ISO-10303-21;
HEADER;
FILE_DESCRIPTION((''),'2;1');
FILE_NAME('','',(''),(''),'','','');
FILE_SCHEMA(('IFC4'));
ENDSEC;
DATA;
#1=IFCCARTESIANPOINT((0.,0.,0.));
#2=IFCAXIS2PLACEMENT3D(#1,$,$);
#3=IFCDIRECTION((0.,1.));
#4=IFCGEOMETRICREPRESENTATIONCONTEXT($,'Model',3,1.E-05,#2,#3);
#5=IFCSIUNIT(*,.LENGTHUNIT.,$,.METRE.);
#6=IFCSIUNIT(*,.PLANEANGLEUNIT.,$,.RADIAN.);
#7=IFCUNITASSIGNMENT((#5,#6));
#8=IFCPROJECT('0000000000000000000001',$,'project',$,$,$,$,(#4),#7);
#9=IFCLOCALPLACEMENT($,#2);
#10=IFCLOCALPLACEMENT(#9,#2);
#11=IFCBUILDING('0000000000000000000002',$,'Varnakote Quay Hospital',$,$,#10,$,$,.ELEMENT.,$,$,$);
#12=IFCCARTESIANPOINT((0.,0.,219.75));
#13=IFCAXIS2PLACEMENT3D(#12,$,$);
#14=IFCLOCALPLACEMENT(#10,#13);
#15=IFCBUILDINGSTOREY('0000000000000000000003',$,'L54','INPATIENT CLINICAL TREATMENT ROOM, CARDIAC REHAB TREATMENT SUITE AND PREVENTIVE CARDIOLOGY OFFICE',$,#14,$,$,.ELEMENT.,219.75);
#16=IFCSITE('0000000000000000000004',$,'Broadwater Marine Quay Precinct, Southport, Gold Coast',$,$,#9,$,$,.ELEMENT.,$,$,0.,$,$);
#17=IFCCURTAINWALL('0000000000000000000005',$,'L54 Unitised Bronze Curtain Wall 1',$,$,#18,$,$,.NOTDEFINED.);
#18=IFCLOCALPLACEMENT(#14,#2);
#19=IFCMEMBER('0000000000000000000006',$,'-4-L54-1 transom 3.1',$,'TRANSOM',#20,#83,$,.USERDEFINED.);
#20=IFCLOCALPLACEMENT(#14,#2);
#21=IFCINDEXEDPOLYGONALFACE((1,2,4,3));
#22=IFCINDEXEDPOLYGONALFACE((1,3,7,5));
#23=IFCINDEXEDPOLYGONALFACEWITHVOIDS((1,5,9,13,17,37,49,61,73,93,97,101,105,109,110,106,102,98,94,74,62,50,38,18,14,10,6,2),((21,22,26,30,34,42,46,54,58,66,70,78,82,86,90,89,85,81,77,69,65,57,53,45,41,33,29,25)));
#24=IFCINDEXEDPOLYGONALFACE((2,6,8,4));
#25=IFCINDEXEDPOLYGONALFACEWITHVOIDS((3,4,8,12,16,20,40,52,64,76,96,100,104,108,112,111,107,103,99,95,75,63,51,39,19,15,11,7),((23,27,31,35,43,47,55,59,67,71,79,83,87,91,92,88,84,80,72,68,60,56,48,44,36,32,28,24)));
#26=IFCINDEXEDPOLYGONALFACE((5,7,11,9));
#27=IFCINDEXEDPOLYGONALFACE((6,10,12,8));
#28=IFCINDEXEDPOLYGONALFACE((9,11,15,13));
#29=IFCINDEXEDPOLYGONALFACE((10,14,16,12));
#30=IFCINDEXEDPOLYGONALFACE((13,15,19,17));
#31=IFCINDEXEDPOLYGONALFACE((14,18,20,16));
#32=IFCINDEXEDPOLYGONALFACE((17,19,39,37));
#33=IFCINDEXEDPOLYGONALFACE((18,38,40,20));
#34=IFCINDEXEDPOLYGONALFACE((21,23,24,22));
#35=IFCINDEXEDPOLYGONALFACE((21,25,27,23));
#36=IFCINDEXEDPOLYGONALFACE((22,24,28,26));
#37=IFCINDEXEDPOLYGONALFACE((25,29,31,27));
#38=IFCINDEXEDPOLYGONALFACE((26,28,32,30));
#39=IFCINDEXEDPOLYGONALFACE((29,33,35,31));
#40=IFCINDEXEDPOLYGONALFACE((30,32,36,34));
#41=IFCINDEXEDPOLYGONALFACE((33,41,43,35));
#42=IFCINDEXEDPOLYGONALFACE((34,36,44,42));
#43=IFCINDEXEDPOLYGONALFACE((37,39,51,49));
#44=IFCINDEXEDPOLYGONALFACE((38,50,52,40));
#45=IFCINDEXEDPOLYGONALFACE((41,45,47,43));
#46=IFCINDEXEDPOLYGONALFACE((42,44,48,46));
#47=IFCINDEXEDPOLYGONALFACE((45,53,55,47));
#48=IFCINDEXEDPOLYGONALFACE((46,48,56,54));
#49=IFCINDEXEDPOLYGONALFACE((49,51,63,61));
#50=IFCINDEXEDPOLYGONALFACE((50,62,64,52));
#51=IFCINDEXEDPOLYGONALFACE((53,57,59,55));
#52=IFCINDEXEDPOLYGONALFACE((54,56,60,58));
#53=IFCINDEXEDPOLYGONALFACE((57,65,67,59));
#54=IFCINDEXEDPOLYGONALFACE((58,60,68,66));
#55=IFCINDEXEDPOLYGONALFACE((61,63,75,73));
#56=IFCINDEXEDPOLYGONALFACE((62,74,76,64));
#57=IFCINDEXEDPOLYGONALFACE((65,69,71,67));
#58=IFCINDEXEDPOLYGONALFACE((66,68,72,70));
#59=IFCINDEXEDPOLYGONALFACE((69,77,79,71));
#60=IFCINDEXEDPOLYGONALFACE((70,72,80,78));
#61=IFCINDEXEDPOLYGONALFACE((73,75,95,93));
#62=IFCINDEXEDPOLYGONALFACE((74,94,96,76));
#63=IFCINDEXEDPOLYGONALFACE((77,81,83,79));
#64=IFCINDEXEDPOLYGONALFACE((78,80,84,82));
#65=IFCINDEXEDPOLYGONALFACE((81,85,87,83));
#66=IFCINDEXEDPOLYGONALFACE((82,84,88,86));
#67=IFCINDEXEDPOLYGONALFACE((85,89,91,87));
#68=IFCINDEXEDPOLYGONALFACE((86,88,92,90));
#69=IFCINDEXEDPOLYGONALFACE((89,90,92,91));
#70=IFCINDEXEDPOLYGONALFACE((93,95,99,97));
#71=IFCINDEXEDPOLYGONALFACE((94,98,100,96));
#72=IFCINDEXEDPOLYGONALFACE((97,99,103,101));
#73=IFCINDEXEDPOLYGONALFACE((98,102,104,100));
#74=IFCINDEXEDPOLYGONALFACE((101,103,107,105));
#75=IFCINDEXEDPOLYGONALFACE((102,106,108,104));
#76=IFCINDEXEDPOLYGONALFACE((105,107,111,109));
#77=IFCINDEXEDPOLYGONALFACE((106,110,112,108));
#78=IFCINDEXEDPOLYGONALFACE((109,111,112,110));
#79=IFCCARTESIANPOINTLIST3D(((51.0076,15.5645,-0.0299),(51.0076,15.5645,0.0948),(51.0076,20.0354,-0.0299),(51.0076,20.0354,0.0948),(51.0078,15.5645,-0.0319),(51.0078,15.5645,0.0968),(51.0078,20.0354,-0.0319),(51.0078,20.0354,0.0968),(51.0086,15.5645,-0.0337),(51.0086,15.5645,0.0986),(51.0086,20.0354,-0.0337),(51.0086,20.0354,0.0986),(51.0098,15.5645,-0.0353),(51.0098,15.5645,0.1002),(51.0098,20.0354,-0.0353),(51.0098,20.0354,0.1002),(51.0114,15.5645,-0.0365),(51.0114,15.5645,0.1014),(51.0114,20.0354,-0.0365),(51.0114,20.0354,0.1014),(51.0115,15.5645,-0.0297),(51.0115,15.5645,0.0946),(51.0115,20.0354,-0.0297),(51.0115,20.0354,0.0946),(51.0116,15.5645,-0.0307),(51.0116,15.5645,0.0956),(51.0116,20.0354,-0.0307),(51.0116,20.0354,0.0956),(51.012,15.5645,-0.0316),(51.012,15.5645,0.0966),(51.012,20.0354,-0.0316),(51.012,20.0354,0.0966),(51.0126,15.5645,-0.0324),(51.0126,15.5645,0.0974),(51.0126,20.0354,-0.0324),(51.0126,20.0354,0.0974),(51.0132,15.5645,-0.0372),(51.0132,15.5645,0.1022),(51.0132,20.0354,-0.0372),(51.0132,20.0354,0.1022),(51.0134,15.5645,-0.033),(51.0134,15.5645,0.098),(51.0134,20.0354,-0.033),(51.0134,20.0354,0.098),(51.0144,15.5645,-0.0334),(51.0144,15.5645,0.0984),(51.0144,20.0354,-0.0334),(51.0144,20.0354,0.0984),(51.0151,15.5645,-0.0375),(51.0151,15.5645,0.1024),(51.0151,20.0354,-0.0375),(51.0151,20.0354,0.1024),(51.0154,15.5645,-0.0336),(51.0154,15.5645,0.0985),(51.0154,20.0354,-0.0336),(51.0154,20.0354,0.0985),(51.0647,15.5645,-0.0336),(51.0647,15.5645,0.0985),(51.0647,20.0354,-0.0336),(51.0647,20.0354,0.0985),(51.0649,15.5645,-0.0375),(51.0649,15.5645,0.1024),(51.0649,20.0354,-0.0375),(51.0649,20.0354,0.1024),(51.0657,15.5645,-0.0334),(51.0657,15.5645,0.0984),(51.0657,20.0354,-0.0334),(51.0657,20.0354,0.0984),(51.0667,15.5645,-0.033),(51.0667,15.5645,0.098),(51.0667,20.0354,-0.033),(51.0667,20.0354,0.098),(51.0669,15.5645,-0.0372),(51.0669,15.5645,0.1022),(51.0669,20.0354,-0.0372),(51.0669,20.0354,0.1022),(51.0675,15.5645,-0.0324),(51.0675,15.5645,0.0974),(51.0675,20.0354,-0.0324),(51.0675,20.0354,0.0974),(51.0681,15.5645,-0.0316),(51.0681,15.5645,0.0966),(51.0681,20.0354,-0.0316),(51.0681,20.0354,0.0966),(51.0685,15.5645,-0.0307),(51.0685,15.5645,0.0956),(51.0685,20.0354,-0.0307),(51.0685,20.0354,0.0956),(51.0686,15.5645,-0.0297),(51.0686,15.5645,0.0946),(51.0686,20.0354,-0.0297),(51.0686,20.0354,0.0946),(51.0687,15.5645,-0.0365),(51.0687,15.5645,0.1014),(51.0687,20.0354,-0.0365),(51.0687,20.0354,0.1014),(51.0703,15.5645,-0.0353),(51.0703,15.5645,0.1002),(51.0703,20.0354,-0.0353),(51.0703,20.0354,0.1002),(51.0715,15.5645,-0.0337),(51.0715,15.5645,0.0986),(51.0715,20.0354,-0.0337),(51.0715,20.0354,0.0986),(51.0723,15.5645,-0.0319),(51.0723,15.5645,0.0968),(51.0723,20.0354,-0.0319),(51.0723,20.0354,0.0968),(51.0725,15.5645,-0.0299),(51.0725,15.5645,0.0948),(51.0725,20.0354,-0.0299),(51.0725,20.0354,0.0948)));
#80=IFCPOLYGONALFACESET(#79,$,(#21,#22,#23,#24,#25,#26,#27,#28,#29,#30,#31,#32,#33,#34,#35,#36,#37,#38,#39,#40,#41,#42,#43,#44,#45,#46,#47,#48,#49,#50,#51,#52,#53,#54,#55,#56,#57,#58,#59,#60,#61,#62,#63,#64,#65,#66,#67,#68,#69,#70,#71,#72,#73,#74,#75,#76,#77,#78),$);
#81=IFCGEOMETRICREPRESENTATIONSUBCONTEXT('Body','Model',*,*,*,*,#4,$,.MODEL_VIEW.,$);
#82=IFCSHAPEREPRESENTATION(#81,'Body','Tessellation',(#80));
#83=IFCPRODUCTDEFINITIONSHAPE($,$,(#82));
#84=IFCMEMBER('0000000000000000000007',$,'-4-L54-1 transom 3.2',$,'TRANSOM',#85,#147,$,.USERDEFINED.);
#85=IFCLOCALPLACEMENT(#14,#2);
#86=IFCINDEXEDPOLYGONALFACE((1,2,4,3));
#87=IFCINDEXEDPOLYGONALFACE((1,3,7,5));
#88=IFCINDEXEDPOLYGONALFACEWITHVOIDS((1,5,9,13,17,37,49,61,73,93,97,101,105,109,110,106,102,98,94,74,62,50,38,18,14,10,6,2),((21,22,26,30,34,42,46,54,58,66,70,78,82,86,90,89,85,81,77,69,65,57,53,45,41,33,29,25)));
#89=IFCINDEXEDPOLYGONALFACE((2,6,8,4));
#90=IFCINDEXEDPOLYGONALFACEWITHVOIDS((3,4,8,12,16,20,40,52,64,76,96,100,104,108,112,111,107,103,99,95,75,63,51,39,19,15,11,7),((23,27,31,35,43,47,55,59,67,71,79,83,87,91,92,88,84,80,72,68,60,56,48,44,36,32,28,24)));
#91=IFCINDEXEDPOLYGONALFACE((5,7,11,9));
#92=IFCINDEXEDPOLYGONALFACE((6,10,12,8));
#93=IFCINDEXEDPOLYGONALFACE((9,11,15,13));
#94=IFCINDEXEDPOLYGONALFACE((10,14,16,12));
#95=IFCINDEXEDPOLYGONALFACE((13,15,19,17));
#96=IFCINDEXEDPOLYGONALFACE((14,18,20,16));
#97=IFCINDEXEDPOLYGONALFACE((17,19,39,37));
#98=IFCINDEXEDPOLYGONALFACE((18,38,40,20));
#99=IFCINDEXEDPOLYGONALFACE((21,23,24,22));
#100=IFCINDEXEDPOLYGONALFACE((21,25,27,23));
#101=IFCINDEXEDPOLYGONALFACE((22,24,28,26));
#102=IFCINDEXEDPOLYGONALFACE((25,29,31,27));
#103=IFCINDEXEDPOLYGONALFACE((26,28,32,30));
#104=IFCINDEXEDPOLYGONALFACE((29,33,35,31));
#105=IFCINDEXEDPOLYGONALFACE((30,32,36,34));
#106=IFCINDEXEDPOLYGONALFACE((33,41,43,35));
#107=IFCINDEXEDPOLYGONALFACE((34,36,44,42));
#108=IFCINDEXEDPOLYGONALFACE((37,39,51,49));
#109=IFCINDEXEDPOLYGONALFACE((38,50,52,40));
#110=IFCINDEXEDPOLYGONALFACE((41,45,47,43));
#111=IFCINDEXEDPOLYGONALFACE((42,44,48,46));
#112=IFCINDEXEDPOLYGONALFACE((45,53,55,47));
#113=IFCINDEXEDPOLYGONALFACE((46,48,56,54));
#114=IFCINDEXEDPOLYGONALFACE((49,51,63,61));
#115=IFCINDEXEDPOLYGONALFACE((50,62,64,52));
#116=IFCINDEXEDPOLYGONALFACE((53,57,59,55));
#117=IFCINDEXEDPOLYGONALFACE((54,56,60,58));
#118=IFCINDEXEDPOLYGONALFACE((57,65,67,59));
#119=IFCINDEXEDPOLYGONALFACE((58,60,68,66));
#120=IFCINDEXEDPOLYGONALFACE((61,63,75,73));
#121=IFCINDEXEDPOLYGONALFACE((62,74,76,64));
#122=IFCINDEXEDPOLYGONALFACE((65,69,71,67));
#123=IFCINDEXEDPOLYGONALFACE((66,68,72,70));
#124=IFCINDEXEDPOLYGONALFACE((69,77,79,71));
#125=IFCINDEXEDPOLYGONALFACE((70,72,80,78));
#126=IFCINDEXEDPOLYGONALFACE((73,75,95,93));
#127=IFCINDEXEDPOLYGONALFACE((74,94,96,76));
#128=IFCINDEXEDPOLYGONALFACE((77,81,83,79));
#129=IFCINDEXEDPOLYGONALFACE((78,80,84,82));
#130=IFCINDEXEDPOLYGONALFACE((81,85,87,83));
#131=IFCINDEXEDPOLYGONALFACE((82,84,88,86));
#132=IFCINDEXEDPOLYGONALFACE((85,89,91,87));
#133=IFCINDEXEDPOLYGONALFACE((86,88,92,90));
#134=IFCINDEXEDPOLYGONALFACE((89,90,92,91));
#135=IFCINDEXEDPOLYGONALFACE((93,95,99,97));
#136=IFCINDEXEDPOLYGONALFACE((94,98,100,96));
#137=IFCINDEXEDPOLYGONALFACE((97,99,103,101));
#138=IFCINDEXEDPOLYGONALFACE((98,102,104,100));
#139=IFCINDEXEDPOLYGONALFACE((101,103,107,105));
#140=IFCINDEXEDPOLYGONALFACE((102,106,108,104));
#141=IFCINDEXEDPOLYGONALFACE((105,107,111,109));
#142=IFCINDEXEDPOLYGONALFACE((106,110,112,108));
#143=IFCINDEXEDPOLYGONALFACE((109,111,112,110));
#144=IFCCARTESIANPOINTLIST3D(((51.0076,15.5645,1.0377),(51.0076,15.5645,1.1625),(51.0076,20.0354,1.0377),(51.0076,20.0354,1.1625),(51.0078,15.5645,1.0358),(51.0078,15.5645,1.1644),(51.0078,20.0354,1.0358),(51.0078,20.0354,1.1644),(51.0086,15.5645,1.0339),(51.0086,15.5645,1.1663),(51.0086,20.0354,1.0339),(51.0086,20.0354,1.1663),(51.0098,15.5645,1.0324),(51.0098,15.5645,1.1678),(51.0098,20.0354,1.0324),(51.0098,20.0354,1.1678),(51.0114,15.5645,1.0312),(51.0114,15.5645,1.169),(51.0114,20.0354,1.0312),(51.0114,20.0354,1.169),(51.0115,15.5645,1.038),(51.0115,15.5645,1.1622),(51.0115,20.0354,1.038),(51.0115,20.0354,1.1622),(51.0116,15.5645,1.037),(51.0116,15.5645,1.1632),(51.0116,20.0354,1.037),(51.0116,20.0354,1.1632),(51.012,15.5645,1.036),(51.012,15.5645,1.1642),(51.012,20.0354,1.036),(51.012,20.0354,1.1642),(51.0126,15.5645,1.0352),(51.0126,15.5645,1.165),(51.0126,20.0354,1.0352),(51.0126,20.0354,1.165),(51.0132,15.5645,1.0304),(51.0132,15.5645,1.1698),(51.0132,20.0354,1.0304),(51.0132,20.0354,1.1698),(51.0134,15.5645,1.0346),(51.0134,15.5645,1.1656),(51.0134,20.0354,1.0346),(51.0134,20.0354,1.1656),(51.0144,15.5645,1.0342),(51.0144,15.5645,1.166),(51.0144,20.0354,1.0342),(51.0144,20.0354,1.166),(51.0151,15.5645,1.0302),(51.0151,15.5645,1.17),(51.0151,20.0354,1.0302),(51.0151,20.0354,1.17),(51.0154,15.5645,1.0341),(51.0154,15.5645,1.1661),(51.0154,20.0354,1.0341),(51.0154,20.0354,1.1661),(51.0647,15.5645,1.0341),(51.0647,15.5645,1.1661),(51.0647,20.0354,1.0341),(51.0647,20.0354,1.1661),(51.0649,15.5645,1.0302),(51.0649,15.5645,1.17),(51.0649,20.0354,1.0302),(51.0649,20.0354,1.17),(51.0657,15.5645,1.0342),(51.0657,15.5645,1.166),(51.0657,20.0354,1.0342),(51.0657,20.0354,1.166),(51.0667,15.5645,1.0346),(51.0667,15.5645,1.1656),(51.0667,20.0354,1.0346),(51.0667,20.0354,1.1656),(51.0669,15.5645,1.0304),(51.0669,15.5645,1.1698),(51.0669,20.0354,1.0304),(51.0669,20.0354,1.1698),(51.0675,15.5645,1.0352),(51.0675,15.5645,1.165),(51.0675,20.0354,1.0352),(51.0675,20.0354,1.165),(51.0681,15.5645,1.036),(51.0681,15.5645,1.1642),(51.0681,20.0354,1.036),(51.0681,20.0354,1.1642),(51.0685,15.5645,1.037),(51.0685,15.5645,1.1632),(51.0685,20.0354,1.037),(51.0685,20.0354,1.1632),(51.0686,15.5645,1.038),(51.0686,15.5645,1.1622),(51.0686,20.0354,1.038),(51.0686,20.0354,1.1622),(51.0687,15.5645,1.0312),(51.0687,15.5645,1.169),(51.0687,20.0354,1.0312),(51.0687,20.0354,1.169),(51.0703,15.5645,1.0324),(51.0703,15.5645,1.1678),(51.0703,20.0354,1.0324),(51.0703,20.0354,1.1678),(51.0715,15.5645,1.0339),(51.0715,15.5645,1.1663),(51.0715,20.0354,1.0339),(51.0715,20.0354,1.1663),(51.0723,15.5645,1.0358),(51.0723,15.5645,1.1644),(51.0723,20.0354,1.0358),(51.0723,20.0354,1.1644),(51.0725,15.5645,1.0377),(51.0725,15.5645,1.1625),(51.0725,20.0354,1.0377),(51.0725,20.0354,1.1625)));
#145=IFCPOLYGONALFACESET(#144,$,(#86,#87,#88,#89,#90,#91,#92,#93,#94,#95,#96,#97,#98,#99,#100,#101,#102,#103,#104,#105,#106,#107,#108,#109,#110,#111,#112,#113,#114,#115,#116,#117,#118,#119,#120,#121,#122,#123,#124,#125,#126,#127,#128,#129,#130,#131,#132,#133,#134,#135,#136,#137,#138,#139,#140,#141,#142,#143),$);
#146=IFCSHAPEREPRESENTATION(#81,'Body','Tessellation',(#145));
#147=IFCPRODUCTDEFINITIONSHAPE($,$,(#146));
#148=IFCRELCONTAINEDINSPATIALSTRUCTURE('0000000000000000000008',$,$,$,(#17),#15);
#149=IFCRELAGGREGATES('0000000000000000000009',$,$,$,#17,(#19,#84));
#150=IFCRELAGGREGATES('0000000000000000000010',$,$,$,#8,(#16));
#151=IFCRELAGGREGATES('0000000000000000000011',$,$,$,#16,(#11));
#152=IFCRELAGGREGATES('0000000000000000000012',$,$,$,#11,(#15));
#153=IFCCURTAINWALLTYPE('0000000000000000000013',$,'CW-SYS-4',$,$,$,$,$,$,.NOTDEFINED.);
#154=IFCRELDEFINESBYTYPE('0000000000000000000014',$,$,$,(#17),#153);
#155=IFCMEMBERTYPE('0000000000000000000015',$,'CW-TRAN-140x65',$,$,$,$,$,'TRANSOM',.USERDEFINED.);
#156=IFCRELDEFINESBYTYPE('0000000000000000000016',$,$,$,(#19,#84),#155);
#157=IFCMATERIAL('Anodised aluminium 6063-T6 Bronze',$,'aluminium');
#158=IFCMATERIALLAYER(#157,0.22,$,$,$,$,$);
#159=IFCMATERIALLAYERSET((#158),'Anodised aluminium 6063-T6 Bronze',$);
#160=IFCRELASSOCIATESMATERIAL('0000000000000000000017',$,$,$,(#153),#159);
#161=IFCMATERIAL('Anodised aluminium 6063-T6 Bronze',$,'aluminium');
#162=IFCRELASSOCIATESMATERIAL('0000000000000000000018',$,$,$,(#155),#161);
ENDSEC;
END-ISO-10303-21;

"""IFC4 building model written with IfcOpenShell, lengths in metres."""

from ifc_helpers import new_model, si_unit, direction, frame, origin, origin_2d, place, context, subcontext, project, spatial, hollow_rectangle, extrude, material, layer, layer_set, material_profile, profile_set, type_object, element, aggregate, save


model = new_model("IFC4")

# Units and contexts
model_context = context("Model", 3, precision=1e-05, world=origin(), true_north=direction((0.0, 1.0)))
body_context = subcontext(model_context, "Body", "Model", "MODEL_VIEW")
ifc_project = project(units=[si_unit("LENGTHUNIT", "METRE"), si_unit("PLANEANGLEUNIT", "RADIAN")], contexts=[model_context])

# Site, building, storey
site_placement = place(None, origin())
site = spatial("IfcSite", under=ifc_project, at=site_placement, Name="Broadwater Marine Quay Precinct, Southport, Gold Coast", CompositionType="ELEMENT", RefElevation=0.0)
building_placement = place(site_placement, origin())
building = spatial("IfcBuilding", under=site, at=building_placement, Name="Varnakote Quay Hospital", CompositionType="ELEMENT")
storey_placement = place(building_placement, frame((0.0, 0.0, 219.75)))
storey = spatial("IfcBuildingStorey", under=building, at=storey_placement, Name="L54", Description="INPATIENT CLINICAL TREATMENT ROOM, CARDIAC REHAB TREATMENT SUITE AND PREVENTIVE CARDIOLOGY OFFICE", CompositionType="ELEMENT", Elevation=219.75)

# Curtain wall, members
ifc_material_1 = material(Name="Anodised aluminium 6063-T6 Bronze", Category="aluminium")
ifc_layer_1 = layer(ifc_material_1, 0.22)
ifc_layer_set_1 = layer_set([ifc_layer_1], Name="Anodised aluminium 6063-T6 Bronze")
curtain_wall_type = type_object("IfcCurtainWallType", Name="CW-SYS-4", PredefinedType="NOTDEFINED", material=ifc_layer_set_1)
curtain_wall_placement = place(storey_placement, origin())
curtain_wall = element("IfcCurtainWall", 1, at=curtain_wall_placement, inside=storey, type_object=curtain_wall_type, Name="L54 Unitised Bronze Curtain Wall 1", PredefinedType="NOTDEFINED")
ifc_material_2 = material(Name="Anodised aluminium 6063-T6 Bronze", Category="aluminium")
ifc_material_profile_1 = material_profile(ifc_material_2, hollow_rectangle(XDim=0.0649, YDim=0.1399, WallThickness=0.0039, InnerFilletRadius=0.0039, OuterFilletRadius=0.0076, at=origin_2d()), Name="CW-TRAN-140x65")
ifc_profile_set_1 = profile_set([ifc_material_profile_1], Name="Anodised aluminium 6063-T6 Bronze")
member_type_1 = type_object("IfcMemberType", Name="CW-TRAN-140x65", ElementType="TRANSOM", PredefinedType="USERDEFINED", material=ifc_profile_set_1)
member_1_placement = place(storey_placement, frame((51.04, 15.5645, 0.0325), z_axis=(0.0, 1.0, 0.0), x_axis=(-1.0, 0.0, 0.0)))
member_1 = element("IfcMember", 2, at=member_1_placement, type_object=member_type_1, Name="-4-L54-1 transom 3.1", ObjectType="TRANSOM", PredefinedType="USERDEFINED", context=body_context, shape_type="SweptSolid", body=[
    extrude(hollow_rectangle(XDim=0.0649, YDim=0.1399, WallThickness=0.0039, InnerFilletRadius=0.0039, OuterFilletRadius=0.0076, at=origin_2d()), origin(), (0.0, 0.0, 1.0), 4.4709),
])
member_2_placement = place(storey_placement, frame((51.04, 15.5645, 1.1001), z_axis=(0.0, 1.0, 0.0), x_axis=(-1.0, 0.0, 0.0)))
member_2 = element("IfcMember", 3, at=member_2_placement, type_object=member_type_1, Name="-4-L54-1 transom 3.2", ObjectType="TRANSOM", PredefinedType="USERDEFINED", context=body_context, shape_type="SweptSolid", body=[
    extrude(hollow_rectangle(XDim=0.0649, YDim=0.1399, WallThickness=0.0039, InnerFilletRadius=0.0039, OuterFilletRadius=0.0076, at=origin_2d()), origin(), (0.0, 0.0, 1.0), 4.4709),
])
aggregate(curtain_wall, [member_1, member_2])

save(model, "model.ifc")
